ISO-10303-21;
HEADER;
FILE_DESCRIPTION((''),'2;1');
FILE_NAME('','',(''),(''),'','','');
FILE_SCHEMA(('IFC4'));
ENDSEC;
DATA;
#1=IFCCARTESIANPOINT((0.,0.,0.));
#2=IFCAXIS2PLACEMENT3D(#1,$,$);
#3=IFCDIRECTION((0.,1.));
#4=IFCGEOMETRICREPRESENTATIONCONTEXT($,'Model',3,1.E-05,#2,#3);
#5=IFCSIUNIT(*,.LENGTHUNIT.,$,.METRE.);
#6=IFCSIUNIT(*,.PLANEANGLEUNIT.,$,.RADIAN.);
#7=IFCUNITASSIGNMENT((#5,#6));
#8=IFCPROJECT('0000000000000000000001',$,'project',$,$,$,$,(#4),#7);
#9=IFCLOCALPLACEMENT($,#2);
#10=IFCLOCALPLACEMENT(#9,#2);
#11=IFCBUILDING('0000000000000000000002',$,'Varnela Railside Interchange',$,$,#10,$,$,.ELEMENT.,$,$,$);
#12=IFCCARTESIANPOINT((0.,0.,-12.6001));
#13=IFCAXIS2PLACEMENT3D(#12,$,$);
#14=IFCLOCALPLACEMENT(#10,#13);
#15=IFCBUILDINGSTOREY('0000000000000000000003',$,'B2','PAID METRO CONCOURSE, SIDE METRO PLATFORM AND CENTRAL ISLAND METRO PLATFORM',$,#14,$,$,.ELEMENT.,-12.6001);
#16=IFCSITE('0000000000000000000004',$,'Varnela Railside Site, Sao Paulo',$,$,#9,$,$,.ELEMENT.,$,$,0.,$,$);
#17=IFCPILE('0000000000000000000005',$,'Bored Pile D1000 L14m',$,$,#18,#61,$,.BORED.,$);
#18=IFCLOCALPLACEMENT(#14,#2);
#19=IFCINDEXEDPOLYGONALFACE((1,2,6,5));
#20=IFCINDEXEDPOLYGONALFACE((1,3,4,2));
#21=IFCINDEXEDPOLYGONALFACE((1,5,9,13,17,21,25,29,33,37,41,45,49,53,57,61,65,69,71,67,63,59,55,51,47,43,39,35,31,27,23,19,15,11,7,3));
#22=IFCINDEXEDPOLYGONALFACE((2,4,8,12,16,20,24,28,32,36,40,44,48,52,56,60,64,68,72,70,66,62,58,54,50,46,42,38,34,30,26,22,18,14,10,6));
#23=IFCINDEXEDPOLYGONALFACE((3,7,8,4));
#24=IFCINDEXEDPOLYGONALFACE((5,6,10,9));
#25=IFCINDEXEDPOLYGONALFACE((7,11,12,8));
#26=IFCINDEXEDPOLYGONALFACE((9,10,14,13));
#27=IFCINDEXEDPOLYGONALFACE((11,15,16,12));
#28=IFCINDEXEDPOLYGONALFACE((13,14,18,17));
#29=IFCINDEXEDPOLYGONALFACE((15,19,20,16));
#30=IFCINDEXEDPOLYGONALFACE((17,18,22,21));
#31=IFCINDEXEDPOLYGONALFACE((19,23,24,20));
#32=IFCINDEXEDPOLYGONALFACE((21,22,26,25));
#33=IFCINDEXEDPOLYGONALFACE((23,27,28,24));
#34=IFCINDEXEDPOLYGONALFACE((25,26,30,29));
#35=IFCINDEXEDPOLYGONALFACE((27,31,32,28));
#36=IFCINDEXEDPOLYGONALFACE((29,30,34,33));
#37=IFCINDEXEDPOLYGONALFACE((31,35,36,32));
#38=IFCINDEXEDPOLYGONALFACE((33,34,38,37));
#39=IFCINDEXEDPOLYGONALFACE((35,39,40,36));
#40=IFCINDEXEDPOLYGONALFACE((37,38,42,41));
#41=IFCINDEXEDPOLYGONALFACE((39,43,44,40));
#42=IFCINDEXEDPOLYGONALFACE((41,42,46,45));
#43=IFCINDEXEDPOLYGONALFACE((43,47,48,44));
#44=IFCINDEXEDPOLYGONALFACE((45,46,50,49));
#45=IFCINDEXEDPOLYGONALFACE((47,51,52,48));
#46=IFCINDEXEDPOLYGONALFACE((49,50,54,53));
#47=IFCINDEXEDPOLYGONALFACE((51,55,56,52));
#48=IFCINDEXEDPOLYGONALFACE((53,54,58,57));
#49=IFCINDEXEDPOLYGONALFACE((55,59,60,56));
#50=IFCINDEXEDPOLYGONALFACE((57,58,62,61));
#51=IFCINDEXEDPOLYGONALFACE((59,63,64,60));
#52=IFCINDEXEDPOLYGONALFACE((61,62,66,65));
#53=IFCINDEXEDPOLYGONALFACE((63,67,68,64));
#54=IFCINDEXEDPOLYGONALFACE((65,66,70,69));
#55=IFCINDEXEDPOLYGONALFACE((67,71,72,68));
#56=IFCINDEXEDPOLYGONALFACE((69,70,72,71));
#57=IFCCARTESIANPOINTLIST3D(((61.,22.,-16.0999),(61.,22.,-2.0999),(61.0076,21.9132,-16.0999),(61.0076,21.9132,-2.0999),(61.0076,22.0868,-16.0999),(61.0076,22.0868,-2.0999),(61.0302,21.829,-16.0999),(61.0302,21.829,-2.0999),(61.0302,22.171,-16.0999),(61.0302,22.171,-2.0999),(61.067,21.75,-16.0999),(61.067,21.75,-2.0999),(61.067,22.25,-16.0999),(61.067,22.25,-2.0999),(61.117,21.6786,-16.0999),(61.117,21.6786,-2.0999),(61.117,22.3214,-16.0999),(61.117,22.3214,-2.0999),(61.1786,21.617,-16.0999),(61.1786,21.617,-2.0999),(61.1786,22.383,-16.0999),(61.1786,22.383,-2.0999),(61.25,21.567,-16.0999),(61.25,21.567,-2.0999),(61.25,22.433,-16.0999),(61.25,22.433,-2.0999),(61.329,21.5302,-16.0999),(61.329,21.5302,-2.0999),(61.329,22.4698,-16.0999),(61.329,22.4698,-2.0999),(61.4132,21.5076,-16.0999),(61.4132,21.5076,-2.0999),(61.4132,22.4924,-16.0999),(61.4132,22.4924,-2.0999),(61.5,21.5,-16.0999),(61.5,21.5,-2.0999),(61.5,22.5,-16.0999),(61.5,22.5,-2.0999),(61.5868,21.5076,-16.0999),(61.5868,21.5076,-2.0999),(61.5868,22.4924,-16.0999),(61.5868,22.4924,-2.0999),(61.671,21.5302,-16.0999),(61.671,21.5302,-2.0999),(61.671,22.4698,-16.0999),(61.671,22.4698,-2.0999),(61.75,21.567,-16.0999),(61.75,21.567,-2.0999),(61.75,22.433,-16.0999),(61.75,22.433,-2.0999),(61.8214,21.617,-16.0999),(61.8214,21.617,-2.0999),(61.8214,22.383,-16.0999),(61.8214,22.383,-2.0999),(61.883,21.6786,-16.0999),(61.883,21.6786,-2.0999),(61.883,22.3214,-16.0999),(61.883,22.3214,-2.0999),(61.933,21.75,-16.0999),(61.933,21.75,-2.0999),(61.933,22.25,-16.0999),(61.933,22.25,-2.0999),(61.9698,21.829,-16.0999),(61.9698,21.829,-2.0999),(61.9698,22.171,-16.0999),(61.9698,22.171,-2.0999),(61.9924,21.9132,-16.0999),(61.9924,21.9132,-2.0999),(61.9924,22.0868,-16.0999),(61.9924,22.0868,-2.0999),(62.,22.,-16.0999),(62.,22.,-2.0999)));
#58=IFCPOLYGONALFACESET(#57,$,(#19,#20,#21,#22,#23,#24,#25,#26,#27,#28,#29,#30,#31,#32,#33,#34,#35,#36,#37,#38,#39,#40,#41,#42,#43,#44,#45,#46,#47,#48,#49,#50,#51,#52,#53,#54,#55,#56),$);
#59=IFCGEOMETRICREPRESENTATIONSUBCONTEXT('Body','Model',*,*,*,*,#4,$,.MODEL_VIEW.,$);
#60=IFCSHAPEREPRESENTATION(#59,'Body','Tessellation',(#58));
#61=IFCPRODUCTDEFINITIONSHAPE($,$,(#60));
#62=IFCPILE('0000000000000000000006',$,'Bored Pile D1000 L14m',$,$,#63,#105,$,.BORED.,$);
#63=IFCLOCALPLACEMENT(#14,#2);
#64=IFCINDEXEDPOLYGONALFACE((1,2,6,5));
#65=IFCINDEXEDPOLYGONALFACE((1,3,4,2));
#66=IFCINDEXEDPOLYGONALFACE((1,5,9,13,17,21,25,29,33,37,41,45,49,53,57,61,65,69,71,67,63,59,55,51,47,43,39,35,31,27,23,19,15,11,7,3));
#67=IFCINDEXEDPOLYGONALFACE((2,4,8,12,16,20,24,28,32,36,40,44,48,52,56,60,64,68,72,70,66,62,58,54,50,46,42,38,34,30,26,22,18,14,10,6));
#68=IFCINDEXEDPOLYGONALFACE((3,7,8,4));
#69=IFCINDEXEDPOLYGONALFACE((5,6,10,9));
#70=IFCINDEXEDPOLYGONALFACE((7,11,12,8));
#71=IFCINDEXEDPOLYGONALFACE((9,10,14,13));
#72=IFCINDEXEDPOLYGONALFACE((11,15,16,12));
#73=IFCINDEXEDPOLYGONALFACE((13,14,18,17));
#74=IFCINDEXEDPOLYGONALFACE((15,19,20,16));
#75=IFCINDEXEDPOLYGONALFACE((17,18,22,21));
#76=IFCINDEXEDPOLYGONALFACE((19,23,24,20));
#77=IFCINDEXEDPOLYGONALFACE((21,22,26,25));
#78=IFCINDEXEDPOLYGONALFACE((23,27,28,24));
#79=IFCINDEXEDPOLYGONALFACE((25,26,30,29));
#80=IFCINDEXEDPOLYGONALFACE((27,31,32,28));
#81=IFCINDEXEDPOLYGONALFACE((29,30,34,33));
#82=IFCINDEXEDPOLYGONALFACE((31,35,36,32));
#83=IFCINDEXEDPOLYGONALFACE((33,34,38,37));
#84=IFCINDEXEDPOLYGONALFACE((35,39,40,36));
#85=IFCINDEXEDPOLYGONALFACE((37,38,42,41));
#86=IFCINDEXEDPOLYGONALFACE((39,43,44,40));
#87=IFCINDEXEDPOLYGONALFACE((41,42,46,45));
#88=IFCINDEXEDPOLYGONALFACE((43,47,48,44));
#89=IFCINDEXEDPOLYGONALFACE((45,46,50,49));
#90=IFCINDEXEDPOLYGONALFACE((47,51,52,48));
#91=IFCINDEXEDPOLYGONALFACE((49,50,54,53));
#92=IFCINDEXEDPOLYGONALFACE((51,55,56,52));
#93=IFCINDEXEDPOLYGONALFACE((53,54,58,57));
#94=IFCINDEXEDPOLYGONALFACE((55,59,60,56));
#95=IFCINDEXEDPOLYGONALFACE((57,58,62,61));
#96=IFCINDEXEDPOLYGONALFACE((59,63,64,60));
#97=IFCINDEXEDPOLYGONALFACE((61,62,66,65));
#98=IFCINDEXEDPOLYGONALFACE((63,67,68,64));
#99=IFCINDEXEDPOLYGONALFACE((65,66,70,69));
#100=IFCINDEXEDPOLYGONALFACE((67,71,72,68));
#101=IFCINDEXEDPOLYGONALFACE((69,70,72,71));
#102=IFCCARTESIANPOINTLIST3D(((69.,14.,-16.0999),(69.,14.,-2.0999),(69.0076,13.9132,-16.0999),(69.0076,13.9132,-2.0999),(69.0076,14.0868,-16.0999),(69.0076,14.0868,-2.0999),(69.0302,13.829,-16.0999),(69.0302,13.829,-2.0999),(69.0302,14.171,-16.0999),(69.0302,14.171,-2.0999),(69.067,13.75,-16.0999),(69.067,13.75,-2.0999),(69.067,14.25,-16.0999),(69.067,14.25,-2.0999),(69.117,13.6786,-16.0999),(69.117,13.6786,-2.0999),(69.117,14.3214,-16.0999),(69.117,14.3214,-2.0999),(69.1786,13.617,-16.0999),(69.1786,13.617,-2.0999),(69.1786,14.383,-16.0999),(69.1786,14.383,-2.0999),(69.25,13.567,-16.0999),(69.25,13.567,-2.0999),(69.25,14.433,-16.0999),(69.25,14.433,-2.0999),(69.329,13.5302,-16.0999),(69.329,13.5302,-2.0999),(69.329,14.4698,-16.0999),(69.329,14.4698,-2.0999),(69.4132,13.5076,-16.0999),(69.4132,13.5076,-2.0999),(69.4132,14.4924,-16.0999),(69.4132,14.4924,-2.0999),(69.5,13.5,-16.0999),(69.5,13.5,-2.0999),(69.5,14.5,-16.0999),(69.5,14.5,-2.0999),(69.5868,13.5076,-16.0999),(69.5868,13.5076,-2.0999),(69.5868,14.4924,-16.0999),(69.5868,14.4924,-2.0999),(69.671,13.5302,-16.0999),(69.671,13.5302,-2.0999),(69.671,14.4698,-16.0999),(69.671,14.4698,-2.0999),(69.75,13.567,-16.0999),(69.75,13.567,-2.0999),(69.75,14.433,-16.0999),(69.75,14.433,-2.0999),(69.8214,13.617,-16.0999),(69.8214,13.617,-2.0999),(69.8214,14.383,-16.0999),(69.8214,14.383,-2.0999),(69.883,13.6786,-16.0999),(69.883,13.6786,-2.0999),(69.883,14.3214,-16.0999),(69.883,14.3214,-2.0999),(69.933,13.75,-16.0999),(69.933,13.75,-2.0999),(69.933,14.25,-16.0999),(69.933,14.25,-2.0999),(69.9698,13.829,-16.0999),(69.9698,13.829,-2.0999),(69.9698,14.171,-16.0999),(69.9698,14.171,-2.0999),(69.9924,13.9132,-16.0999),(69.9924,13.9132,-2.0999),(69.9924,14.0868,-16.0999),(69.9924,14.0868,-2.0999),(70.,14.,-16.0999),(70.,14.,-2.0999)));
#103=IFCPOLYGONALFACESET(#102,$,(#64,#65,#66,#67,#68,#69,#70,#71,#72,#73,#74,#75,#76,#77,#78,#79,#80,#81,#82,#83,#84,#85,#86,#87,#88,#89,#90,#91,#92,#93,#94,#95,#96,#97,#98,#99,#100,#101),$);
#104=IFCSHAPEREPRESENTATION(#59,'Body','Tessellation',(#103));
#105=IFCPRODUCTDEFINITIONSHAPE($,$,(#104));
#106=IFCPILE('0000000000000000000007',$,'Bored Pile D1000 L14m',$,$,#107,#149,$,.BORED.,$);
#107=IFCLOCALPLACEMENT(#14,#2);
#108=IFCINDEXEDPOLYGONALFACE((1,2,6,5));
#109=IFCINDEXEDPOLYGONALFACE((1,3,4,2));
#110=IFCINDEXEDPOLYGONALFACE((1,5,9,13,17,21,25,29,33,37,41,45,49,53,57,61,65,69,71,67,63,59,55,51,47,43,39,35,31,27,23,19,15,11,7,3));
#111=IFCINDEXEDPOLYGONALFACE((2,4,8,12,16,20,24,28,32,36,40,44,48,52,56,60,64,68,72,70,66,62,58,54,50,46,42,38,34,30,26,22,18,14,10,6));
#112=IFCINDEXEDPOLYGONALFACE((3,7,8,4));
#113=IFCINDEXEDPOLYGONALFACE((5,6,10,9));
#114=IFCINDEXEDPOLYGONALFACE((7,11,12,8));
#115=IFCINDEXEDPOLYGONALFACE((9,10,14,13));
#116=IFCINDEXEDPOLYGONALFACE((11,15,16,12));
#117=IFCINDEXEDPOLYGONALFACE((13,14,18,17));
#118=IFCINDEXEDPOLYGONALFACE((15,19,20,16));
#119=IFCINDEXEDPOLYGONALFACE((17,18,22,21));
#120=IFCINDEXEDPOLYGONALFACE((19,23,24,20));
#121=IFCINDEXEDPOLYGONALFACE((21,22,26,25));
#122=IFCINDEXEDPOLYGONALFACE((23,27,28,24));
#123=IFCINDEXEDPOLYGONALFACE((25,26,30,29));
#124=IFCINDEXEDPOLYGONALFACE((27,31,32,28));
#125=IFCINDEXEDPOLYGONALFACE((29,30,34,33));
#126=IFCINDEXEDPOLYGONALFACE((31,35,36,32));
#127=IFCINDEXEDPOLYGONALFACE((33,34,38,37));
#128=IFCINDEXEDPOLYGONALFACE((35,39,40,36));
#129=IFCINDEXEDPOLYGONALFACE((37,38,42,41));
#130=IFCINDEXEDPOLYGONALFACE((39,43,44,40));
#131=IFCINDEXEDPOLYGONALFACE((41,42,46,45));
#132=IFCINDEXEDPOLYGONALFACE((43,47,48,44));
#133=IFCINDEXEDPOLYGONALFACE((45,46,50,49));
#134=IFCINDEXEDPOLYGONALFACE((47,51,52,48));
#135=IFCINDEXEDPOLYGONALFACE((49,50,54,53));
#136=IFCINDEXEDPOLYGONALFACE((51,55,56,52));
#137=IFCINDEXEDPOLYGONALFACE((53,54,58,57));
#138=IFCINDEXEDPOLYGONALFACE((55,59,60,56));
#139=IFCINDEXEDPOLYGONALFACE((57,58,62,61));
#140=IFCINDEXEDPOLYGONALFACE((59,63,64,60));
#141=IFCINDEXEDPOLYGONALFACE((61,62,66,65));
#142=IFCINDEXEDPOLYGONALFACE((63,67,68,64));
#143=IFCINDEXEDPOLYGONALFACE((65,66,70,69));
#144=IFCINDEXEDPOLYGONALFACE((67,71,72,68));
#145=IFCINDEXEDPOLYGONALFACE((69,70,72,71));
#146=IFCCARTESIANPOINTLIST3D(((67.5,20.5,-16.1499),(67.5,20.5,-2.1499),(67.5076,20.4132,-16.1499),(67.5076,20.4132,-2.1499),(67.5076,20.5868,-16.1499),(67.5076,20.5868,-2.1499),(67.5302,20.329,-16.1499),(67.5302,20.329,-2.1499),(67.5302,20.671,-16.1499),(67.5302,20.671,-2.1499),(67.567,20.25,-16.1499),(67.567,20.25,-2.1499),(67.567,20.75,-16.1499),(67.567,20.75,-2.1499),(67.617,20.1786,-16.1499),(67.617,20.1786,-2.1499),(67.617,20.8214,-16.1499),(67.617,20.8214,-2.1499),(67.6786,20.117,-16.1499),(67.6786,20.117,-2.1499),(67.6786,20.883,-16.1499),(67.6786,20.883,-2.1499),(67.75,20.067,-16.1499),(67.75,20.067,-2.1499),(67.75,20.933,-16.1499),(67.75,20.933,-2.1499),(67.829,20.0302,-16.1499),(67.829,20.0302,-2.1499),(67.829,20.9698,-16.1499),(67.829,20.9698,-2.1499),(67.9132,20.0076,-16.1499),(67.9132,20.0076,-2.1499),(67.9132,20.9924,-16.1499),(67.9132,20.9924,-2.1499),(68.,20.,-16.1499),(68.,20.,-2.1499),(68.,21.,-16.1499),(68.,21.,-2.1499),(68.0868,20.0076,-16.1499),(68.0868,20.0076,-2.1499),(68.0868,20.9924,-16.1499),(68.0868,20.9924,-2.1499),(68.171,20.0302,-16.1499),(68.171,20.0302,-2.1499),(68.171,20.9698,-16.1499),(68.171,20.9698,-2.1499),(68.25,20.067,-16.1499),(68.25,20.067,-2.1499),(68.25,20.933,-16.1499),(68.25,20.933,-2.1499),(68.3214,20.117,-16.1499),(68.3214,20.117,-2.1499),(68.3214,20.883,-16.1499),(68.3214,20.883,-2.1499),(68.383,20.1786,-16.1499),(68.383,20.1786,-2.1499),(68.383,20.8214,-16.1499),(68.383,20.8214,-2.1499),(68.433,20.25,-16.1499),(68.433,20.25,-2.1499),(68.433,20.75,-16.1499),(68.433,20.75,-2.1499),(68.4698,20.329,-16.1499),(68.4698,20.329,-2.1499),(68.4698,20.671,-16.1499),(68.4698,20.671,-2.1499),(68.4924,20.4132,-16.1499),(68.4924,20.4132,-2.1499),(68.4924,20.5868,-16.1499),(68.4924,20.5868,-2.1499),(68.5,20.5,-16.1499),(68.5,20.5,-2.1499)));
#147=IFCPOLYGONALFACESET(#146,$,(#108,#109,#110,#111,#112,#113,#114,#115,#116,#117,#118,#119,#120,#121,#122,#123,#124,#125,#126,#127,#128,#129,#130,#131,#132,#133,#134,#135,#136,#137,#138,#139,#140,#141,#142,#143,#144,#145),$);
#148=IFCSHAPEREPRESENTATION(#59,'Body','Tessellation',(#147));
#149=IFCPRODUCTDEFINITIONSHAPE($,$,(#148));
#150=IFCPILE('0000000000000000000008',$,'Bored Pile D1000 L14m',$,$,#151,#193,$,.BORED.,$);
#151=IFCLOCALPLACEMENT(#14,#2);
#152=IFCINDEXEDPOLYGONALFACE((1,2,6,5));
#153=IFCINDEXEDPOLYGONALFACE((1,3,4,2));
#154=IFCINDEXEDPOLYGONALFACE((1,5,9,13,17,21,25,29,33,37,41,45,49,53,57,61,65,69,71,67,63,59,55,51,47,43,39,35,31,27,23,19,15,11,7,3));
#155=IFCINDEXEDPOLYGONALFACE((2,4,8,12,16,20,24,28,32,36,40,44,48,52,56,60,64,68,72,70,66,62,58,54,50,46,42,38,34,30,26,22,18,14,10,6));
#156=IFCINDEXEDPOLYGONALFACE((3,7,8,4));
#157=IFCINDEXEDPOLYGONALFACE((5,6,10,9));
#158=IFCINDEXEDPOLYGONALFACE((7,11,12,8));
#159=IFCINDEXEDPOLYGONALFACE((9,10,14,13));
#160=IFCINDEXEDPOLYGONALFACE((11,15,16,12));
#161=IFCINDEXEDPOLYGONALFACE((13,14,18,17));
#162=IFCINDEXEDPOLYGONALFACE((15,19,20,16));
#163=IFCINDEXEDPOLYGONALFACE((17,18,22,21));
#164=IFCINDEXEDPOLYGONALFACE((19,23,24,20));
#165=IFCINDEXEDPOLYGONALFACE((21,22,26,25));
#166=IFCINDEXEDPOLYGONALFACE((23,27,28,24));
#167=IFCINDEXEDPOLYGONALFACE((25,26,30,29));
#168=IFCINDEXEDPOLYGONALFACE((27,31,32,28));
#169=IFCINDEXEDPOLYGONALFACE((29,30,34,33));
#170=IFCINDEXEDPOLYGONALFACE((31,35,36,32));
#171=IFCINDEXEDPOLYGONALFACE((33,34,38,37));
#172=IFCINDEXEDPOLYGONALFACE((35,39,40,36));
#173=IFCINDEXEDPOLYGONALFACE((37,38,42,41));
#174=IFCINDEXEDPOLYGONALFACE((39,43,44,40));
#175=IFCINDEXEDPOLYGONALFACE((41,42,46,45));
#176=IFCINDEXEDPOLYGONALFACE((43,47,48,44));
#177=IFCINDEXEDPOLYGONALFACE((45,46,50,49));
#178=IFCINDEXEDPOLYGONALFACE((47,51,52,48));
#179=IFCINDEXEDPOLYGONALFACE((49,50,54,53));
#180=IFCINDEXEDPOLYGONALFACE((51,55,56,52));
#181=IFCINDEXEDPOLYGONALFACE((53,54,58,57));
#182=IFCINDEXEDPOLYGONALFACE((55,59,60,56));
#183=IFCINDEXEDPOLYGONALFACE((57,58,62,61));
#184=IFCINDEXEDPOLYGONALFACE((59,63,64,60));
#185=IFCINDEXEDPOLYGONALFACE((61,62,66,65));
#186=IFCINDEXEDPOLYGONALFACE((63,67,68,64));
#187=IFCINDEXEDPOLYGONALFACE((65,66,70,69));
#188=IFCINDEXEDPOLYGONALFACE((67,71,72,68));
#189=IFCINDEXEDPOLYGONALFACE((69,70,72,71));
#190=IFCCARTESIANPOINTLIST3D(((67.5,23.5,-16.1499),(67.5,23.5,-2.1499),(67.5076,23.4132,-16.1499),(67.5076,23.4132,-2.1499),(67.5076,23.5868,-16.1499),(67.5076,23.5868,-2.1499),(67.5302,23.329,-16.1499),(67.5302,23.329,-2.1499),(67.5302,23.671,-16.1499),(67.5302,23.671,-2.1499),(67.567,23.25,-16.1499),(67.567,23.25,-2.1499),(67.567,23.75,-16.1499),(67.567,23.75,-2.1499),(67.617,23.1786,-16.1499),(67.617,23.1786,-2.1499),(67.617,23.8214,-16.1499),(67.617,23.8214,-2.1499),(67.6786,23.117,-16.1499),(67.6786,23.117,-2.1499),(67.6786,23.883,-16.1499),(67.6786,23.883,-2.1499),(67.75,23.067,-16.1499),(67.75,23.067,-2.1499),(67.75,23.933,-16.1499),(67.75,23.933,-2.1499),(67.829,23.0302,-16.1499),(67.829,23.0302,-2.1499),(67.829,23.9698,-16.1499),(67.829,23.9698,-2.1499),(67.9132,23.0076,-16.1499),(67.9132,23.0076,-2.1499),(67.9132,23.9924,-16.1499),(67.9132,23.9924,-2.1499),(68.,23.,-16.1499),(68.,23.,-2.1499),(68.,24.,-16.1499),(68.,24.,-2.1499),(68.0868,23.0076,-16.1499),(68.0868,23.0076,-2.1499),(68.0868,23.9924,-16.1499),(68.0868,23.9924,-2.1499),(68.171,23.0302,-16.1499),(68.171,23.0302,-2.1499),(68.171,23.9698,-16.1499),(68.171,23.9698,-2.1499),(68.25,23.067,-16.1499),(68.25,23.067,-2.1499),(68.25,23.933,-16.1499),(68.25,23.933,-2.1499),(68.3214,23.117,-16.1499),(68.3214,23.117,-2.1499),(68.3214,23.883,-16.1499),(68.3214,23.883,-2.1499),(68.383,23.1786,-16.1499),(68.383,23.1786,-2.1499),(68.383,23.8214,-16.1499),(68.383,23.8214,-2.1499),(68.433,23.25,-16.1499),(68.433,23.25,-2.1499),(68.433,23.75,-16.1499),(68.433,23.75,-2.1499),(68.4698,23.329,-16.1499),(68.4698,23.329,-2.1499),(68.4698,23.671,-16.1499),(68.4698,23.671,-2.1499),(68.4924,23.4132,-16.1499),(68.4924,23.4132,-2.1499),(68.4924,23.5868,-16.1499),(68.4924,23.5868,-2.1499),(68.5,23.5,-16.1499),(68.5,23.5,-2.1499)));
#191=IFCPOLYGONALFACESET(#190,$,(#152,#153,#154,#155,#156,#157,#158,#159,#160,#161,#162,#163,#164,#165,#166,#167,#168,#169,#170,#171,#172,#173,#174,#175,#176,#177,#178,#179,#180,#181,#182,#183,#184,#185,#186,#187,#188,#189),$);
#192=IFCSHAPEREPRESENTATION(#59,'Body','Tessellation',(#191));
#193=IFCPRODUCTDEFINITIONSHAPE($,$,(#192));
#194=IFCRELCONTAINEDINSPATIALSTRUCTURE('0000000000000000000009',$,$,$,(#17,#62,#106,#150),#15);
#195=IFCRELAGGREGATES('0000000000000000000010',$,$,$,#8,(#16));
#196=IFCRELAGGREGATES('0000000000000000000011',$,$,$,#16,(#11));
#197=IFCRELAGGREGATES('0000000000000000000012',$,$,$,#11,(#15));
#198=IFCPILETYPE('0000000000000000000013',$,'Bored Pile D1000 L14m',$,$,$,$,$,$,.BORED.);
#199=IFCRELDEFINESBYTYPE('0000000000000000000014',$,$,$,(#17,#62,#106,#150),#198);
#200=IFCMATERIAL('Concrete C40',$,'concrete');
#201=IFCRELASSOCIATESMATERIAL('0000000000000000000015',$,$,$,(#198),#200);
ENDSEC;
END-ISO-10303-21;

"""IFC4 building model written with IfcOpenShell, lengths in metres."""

from ifc_helpers import new_model, si_unit, direction, frame, origin, origin_2d, place, context, subcontext, project, spatial, circle, extrude, material, material_profile, profile_set, type_object, element, save


model = new_model("IFC4")

# Units and contexts
model_context = context("Model", 3, precision=1e-05, world=origin(), true_north=direction((0.0, 1.0)))
body_context = subcontext(model_context, "Body", "Model", "MODEL_VIEW")
ifc_project = project(units=[si_unit("LENGTHUNIT", "METRE"), si_unit("PLANEANGLEUNIT", "RADIAN")], contexts=[model_context])

# Site, building, storey
site_placement = place(None, origin())
site = spatial("IfcSite", under=ifc_project, at=site_placement, Name="Varnela Railside Site, Sao Paulo", CompositionType="ELEMENT", RefElevation=0.0)
building_placement = place(site_placement, origin())
building = spatial("IfcBuilding", under=site, at=building_placement, Name="Varnela Railside Interchange", CompositionType="ELEMENT")
storey_placement = place(building_placement, frame((0.0, 0.0, -12.6001)))
storey = spatial("IfcBuildingStorey", under=building, at=storey_placement, Name="B2", Description="PAID METRO CONCOURSE, SIDE METRO PLATFORM AND CENTRAL ISLAND METRO PLATFORM", CompositionType="ELEMENT", Elevation=-12.6001)

# Piles
ifc_material_1 = material(Name="Concrete C40", Category="concrete")
ifc_material_profile_1 = material_profile(ifc_material_1, circle(Radius=0.5, at=origin_2d()), Name="BORED PILE D1000")
ifc_profile_set_1 = profile_set([ifc_material_profile_1], Name="Concrete C40")
pile_type_1 = type_object("IfcPileType", Name="Bored Pile D1000 L14m", PredefinedType="BORED", material=ifc_profile_set_1)
for number, where, z_axis, x_axis, name in (
    (1, (61.5, 22.0, -2.0999), (0.0, 0.0, -1.0), (1.0, 0.0, 0.0), "Bored Pile D1000 L14m"),
    (2, (69.5, 14.0, -2.0999), (0.0, 0.0, -1.0), (1.0, 0.0, 0.0), "Bored Pile D1000 L14m"),
    (3, (68.0, 20.5, -2.1499), (0.0, 0.0, -1.0), (1.0, 0.0, 0.0), "Bored Pile D1000 L14m"),
    (4, (68.0, 23.5, -2.1499), (0.0, 0.0, -1.0), (1.0, 0.0, 0.0), "Bored Pile D1000 L14m"),
):
    element("IfcPile", number, at=place(storey_placement, frame(where, z_axis=z_axis, x_axis=x_axis)), inside=storey, type_object=pile_type_1, Name=name, PredefinedType="BORED", context=body_context, shape_type="SweptSolid", body=[
        extrude(circle(Radius=0.5, at=origin_2d()), origin(), (0.0, 0.0, 1.0), 14.0),
    ])

save(model, "model.ifc")
